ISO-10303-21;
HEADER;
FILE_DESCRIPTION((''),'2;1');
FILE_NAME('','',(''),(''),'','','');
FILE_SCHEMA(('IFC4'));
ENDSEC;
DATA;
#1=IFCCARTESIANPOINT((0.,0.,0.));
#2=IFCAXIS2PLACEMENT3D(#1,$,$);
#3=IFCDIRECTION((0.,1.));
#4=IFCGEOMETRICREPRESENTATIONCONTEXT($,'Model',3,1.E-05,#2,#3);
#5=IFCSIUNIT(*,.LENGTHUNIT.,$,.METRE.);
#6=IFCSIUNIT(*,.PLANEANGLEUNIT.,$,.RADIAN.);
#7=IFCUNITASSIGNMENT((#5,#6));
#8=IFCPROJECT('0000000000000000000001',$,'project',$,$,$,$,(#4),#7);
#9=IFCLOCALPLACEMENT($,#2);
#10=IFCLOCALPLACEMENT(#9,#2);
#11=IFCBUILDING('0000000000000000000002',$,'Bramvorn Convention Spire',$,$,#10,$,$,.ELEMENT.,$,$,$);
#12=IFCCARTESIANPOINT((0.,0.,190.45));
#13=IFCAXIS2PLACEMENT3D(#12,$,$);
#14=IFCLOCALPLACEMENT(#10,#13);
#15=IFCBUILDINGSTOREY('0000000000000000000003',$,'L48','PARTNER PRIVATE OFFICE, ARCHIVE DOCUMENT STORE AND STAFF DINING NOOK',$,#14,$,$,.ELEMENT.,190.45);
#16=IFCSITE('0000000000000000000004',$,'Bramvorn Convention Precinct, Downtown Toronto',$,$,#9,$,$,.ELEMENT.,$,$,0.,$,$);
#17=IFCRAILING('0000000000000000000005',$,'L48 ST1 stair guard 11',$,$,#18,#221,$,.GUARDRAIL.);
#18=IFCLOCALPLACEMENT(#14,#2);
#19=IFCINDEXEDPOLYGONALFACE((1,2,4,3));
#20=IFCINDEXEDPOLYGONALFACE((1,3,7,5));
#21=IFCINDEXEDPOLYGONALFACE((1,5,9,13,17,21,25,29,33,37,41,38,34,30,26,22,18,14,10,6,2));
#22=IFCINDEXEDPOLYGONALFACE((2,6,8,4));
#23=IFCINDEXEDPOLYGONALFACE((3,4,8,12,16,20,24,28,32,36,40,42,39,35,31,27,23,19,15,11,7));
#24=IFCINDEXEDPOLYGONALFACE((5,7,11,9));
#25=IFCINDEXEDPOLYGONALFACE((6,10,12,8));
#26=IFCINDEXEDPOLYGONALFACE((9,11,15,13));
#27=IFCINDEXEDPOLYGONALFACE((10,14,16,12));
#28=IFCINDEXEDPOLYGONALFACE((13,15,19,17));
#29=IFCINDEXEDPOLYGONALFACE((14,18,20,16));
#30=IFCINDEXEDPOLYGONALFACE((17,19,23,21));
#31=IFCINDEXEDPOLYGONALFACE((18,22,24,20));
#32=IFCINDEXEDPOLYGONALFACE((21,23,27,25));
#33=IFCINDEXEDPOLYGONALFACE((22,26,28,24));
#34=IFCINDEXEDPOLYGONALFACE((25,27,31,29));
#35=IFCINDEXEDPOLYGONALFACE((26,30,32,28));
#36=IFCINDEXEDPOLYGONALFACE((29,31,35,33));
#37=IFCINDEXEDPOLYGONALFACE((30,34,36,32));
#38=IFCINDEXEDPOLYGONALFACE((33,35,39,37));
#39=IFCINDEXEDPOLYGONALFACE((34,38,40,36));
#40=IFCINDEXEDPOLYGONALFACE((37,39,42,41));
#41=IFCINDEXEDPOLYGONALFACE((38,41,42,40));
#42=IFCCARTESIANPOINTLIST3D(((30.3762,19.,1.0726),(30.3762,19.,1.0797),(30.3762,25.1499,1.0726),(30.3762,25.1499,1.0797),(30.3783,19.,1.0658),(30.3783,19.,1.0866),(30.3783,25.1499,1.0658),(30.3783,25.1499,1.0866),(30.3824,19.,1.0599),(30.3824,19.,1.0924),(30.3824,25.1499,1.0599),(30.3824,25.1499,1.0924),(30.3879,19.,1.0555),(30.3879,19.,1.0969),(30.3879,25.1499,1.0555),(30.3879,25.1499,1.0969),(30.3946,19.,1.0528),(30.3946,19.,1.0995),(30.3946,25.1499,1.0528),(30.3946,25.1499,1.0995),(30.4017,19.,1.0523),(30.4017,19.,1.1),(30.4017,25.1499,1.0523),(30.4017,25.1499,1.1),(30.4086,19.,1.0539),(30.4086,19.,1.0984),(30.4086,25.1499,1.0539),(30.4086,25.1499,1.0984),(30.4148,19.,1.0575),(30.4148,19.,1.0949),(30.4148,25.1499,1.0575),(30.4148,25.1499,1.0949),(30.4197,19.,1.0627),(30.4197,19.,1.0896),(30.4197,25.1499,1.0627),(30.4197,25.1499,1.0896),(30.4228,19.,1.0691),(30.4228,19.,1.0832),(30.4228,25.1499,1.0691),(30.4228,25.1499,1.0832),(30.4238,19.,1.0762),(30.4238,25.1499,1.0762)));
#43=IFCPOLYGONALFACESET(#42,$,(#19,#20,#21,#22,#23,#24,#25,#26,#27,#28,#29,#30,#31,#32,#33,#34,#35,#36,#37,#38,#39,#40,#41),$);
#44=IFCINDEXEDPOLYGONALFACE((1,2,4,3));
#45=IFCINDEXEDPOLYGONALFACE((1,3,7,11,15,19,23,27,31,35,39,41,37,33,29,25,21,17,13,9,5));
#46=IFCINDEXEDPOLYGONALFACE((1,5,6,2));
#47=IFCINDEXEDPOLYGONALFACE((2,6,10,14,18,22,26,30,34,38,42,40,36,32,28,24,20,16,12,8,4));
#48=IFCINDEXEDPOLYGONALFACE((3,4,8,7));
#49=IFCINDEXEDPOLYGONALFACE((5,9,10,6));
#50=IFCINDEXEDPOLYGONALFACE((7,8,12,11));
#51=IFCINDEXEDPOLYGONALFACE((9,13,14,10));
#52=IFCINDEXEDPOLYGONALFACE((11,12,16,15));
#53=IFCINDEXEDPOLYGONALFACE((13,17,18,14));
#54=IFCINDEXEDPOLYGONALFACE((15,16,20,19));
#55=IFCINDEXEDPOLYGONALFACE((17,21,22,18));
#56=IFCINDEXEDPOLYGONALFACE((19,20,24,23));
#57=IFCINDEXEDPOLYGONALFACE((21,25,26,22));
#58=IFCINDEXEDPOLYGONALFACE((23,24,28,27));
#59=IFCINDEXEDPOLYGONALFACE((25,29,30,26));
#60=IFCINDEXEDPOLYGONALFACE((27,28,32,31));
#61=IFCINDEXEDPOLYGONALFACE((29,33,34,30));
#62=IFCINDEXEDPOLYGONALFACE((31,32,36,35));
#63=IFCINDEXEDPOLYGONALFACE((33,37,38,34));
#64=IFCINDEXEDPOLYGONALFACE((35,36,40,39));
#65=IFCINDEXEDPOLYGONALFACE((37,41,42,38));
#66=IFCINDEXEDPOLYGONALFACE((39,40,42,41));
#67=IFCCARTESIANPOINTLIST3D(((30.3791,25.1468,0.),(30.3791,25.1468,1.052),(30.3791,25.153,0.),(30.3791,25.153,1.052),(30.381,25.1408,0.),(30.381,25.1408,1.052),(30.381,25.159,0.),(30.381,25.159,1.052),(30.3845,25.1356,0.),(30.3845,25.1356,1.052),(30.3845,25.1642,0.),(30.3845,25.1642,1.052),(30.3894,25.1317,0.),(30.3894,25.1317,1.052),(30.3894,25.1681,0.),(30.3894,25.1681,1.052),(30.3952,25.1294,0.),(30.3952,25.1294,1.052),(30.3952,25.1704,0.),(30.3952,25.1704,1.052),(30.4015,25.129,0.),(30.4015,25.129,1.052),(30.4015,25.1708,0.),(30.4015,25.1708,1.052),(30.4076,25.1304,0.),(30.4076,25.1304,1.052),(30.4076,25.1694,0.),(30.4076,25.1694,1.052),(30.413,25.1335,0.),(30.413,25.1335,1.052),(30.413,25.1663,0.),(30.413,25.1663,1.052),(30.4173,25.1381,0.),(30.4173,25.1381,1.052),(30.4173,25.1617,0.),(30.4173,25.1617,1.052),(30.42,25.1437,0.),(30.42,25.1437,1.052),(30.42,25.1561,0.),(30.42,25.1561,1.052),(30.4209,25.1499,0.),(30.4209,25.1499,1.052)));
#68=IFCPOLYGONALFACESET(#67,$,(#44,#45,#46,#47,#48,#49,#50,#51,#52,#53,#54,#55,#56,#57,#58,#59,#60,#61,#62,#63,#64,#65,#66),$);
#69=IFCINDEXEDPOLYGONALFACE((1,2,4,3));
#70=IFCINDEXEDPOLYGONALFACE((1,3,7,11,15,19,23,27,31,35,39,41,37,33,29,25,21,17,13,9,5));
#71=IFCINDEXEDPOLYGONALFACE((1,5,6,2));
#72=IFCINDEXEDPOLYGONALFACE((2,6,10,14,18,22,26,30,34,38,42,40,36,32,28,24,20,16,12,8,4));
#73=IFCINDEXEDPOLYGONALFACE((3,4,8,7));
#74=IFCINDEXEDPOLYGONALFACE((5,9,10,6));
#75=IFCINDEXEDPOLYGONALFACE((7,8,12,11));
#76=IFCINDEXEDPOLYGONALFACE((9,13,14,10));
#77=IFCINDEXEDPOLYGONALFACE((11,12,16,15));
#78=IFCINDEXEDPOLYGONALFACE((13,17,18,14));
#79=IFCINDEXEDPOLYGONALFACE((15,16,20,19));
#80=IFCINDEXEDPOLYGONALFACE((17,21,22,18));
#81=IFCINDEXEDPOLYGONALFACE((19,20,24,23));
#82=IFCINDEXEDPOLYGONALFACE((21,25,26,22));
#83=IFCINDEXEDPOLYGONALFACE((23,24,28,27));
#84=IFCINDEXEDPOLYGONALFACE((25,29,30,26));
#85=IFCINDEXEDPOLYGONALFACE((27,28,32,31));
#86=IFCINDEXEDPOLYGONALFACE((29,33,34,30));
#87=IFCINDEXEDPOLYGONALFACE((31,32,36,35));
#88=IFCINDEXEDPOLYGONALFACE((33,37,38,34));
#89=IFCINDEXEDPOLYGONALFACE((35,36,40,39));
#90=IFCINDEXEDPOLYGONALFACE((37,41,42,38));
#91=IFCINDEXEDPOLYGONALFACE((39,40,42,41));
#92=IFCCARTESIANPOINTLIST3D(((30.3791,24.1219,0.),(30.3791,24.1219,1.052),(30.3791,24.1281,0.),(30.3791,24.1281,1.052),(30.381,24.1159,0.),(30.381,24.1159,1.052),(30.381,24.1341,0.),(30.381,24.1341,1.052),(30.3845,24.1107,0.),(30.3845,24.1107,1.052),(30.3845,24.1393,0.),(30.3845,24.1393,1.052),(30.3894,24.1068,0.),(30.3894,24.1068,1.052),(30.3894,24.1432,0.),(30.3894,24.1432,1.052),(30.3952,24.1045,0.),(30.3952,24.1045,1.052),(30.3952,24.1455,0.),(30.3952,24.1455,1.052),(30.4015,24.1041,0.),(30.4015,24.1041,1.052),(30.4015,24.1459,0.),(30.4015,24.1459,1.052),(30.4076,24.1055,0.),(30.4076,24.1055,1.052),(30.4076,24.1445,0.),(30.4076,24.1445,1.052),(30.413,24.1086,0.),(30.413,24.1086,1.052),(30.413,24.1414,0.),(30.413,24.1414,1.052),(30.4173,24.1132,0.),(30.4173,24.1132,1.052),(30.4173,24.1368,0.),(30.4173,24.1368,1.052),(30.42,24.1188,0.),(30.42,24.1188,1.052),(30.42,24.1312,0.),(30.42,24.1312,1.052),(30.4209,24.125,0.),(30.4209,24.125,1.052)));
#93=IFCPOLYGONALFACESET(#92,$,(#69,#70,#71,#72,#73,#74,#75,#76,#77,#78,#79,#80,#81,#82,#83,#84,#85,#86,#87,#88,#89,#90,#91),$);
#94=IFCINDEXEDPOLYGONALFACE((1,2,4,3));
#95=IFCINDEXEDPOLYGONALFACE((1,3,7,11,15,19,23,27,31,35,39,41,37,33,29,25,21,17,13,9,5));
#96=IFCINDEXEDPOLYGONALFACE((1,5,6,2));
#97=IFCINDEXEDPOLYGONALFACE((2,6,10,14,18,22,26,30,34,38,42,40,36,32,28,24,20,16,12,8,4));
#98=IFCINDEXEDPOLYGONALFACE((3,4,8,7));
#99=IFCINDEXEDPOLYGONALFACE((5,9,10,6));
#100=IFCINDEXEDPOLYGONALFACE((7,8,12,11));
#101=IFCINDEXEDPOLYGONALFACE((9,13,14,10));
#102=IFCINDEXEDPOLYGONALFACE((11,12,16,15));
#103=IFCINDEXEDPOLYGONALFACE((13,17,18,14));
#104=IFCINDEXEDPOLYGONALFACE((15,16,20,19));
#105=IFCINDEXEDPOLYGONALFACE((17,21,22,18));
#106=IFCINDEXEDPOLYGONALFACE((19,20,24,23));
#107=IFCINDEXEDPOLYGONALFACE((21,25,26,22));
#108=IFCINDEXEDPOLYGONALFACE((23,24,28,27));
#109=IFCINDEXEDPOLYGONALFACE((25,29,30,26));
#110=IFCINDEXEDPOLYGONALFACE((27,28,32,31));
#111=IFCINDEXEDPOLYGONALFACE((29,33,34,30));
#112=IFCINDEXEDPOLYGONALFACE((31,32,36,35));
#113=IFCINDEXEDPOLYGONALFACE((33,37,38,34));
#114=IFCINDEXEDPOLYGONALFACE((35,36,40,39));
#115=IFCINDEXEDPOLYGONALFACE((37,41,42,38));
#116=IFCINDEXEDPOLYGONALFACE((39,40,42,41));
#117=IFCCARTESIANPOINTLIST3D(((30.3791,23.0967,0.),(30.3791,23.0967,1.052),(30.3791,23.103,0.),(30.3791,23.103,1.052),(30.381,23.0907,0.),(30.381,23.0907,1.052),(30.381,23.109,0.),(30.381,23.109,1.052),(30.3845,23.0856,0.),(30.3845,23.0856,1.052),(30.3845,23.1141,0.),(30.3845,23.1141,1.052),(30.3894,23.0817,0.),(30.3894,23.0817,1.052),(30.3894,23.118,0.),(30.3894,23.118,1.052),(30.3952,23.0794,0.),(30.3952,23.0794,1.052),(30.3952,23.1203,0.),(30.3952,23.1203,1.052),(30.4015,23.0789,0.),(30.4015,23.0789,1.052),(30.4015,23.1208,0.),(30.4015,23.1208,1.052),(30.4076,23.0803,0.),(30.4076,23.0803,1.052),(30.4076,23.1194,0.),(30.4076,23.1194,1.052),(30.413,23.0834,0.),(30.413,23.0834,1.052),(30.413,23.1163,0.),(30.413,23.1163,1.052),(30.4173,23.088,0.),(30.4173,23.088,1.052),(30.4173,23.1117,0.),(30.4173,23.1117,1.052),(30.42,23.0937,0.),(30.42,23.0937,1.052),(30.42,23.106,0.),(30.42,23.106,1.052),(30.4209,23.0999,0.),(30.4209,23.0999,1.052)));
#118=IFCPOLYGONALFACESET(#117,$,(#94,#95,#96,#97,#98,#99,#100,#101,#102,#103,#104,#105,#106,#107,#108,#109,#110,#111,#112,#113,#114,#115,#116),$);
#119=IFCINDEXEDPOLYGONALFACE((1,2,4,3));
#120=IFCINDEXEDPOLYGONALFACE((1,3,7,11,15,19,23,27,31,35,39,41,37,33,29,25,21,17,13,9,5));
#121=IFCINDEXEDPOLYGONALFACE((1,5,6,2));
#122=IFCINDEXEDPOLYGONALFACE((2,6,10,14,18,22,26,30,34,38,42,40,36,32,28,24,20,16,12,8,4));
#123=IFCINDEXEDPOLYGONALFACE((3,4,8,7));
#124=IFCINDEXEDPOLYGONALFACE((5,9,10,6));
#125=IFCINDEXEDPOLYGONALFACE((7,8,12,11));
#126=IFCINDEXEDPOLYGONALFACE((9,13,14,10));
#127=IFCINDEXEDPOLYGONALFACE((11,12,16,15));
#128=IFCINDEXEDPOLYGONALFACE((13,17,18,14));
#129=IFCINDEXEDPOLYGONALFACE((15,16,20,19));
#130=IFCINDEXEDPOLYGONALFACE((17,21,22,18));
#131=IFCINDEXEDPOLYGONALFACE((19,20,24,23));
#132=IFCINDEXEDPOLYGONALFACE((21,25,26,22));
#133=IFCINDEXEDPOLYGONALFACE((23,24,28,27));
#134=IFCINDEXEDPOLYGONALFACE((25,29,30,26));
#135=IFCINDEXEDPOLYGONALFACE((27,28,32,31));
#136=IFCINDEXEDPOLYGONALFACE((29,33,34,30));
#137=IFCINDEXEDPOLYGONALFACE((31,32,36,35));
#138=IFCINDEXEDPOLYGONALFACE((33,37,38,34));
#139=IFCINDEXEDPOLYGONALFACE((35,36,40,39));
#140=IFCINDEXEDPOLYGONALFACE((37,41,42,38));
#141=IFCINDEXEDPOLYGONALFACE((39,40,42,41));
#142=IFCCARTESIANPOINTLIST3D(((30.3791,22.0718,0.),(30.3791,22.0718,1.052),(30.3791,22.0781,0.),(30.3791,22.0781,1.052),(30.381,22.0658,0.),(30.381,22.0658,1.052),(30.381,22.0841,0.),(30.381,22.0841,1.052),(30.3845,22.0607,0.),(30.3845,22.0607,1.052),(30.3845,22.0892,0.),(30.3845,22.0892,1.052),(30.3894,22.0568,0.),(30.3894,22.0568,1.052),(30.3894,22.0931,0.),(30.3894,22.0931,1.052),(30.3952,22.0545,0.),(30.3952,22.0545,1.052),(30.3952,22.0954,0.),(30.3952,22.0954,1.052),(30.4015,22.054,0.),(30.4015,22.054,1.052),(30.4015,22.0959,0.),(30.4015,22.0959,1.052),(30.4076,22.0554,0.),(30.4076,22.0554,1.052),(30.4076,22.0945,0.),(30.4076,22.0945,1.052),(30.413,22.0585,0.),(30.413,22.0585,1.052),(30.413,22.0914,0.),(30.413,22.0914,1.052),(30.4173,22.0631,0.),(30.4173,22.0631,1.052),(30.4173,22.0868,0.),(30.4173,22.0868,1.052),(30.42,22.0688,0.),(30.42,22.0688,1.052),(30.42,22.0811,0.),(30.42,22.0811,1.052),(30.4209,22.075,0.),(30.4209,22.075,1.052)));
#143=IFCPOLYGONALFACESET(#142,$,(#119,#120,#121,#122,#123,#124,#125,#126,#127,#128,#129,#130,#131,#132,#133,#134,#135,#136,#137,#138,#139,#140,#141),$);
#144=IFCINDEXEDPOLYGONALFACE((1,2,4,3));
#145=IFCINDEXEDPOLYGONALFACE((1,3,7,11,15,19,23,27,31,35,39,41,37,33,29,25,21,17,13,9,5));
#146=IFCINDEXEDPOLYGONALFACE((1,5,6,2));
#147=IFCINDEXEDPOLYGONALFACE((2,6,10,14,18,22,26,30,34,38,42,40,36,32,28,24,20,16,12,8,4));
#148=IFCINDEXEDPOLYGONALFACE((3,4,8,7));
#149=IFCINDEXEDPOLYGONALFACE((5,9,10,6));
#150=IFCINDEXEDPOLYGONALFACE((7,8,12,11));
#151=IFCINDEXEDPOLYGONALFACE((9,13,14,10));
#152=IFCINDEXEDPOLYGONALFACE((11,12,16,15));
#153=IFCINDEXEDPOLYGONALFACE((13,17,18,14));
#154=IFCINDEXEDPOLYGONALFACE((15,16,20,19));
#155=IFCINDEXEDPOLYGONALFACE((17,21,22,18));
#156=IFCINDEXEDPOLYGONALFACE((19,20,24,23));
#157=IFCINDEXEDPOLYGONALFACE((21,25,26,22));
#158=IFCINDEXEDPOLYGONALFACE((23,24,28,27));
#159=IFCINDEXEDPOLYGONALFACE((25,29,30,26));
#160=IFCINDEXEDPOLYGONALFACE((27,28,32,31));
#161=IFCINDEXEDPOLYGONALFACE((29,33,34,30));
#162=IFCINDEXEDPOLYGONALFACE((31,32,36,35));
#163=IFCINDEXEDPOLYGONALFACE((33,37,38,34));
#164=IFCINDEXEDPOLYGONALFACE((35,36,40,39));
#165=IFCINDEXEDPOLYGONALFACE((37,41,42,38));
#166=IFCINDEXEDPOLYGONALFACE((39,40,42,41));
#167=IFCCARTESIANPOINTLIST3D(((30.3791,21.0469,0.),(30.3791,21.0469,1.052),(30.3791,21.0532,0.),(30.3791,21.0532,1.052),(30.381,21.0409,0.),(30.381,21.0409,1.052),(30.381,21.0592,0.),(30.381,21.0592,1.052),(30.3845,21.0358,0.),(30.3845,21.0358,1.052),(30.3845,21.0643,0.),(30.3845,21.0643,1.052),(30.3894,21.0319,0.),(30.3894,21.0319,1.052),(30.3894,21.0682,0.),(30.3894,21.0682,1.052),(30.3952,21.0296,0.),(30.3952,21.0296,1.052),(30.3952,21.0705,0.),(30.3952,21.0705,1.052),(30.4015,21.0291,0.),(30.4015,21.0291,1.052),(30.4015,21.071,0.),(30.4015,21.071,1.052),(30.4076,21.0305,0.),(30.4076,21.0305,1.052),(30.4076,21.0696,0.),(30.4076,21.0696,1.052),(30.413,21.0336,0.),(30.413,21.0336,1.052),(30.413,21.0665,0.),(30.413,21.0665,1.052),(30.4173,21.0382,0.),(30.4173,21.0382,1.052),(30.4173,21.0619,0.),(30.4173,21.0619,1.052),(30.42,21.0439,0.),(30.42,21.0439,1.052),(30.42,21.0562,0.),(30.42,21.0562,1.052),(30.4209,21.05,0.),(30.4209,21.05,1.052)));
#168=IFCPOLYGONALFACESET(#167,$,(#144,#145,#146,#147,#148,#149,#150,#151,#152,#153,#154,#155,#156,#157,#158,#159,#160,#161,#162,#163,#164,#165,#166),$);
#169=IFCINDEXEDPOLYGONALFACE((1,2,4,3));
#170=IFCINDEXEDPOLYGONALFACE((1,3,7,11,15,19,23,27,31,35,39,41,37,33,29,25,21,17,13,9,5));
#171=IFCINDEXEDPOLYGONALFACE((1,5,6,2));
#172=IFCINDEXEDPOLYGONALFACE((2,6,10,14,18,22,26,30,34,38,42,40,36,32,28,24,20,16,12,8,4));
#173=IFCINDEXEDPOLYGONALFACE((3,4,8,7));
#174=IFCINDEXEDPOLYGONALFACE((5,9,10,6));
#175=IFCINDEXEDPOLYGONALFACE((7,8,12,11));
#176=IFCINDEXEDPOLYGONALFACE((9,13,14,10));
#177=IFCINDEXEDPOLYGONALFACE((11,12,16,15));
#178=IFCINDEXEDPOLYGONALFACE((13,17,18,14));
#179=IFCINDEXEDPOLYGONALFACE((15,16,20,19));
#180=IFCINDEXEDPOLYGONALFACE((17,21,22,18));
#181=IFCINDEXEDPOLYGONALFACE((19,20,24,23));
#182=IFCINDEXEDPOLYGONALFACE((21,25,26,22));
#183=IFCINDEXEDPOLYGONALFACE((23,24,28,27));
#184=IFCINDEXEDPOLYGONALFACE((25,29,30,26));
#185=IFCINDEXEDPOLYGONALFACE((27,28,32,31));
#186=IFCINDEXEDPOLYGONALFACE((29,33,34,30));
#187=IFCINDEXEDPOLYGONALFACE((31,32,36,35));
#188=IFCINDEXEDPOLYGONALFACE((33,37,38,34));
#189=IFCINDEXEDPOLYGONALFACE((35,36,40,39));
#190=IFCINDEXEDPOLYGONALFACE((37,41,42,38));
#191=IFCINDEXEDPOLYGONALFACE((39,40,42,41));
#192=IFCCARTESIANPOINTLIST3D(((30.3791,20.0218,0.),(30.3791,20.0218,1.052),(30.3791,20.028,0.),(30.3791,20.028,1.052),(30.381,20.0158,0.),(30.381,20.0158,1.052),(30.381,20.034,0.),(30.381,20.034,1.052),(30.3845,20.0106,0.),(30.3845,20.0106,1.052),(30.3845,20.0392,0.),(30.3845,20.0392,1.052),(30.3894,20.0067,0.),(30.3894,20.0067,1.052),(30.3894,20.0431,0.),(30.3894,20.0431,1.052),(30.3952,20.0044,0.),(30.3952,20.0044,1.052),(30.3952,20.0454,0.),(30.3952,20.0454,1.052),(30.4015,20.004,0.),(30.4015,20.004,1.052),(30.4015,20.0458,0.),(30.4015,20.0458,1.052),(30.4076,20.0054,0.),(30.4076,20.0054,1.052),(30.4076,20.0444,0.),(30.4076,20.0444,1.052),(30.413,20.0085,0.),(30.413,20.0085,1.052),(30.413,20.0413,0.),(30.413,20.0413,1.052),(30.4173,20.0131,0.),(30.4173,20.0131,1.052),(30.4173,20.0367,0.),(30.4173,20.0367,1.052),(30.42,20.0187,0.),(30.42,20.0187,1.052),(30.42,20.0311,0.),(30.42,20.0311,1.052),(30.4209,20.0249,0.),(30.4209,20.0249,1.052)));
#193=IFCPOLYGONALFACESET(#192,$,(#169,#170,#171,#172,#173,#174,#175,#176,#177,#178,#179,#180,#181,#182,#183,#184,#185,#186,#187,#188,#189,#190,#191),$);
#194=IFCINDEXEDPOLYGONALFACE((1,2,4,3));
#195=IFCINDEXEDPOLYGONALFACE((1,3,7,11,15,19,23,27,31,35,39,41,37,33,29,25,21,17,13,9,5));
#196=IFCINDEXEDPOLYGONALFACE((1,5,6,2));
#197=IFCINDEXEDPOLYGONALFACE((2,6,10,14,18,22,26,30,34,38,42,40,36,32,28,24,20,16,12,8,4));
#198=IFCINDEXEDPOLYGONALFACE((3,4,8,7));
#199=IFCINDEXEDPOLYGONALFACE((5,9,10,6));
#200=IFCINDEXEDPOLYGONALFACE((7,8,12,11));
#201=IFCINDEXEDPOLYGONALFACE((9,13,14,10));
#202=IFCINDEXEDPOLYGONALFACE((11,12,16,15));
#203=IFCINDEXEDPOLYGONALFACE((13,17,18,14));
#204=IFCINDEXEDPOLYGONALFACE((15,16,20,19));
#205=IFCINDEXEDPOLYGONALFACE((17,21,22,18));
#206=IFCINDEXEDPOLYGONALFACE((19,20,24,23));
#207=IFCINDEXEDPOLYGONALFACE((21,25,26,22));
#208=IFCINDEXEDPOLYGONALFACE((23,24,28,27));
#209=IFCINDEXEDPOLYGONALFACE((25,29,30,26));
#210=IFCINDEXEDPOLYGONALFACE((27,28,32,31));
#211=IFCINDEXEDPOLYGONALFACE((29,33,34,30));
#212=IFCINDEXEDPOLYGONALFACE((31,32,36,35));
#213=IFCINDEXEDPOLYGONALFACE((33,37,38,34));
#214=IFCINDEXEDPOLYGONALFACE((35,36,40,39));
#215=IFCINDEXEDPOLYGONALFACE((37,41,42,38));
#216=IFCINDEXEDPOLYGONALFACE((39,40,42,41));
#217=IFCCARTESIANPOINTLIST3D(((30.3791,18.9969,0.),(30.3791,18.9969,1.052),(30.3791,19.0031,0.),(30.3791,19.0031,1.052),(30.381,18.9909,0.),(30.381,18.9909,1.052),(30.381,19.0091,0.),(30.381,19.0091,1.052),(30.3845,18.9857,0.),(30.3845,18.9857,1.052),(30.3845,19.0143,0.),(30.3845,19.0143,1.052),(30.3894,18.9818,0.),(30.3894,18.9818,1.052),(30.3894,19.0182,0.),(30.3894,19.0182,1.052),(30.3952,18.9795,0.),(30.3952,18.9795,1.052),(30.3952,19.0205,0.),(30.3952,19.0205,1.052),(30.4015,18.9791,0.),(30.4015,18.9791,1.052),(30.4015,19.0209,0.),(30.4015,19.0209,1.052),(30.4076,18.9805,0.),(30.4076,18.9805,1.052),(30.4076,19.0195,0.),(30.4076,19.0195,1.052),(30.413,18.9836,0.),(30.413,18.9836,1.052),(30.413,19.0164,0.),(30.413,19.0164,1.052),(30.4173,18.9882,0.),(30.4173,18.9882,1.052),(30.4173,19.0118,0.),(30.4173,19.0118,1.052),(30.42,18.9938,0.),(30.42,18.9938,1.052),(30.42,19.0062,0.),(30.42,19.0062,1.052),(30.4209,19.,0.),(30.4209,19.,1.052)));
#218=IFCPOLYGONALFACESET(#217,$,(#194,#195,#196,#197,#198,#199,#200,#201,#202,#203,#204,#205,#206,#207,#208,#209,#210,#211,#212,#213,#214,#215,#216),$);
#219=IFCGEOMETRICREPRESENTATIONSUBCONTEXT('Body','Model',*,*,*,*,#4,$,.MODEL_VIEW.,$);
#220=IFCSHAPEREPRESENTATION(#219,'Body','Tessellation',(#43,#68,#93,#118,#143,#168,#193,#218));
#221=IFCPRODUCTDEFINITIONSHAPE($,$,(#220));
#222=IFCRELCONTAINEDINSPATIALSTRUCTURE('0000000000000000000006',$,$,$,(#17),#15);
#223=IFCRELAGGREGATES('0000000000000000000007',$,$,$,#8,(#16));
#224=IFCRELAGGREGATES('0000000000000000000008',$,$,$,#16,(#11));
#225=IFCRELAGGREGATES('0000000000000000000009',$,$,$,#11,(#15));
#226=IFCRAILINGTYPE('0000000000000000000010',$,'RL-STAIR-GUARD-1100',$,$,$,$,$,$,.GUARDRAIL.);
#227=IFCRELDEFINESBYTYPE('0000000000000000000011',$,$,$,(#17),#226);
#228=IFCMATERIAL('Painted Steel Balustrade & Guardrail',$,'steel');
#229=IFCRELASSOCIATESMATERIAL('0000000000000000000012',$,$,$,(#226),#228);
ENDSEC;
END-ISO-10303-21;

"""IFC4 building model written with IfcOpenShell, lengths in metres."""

from ifc_helpers import new_model, si_unit, direction, frame, origin, origin_2d, place, context, subcontext, project, spatial, circle, extrude, material, type_object, element, save


model = new_model("IFC4")

# Units and contexts
model_context = context("Model", 3, precision=1e-05, world=origin(), true_north=direction((0.0, 1.0)))
body_context = subcontext(model_context, "Body", "Model", "MODEL_VIEW")
ifc_project = project(units=[si_unit("LENGTHUNIT", "METRE"), si_unit("PLANEANGLEUNIT", "RADIAN")], contexts=[model_context])

# Site, building, storey
site_placement = place(None, origin())
site = spatial("IfcSite", under=ifc_project, at=site_placement, Name="Bramvorn Convention Precinct, Downtown Toronto", CompositionType="ELEMENT", RefElevation=0.0)
building_placement = place(site_placement, origin())
building = spatial("IfcBuilding", under=site, at=building_placement, Name="Bramvorn Convention Spire", CompositionType="ELEMENT")
storey_placement = place(building_placement, frame((0.0, 0.0, 190.45)))
storey = spatial("IfcBuildingStorey", under=building, at=storey_placement, Name="L48", Description="PARTNER PRIVATE OFFICE, ARCHIVE DOCUMENT STORE AND STAFF DINING NOOK", CompositionType="ELEMENT", Elevation=190.45)

# Railing
ifc_material_1 = material(Name="Painted Steel Balustrade & Guardrail", Category="steel")
railing_type_1 = type_object("IfcRailingType", Name="RL-STAIR-GUARD-1100", PredefinedType="GUARDRAIL", material=ifc_material_1)
railing_1_placement = place(storey_placement, frame((30.3999, 25.1499, 0.0)))
element("IfcRailing", 1, at=railing_1_placement, inside=storey, type_object=railing_type_1, Name="L48 ST1 stair guard 11", PredefinedType="GUARDRAIL", context=body_context, shape_type="SweptSolid", body=[
    extrude(circle(Radius=0.0239, at=origin_2d()), frame((0.0, 0.0, 1.0762), z_axis=(0.0, -1.0, 0.0), x_axis=(1.0, 0.0, 0.0)), (0.0, 0.0, 1.0), 6.1499),
    extrude(circle(Radius=0.021, at=origin_2d()), origin(), (0.0, 0.0, 1.0), 1.052),
    extrude(circle(Radius=0.021, at=origin_2d()), frame((0.0, -1.0249, 0.0)), (0.0, 0.0, 1.0), 1.052),
    extrude(circle(Radius=0.021, at=origin_2d()), frame((0.0, -2.05, 0.0)), (0.0, 0.0, 1.0), 1.052),
    extrude(circle(Radius=0.021, at=origin_2d()), frame((0.0, -3.075, 0.0)), (0.0, 0.0, 1.0), 1.052),
    extrude(circle(Radius=0.021, at=origin_2d()), frame((0.0, -4.0999, 0.0)), (0.0, 0.0, 1.0), 1.052),
    extrude(circle(Radius=0.021, at=origin_2d()), frame((0.0, -5.125, 0.0)), (0.0, 0.0, 1.0), 1.052),
    extrude(circle(Radius=0.021, at=origin_2d()), frame((0.0, -6.1499, 0.0)), (0.0, 0.0, 1.0), 1.052),
])

save(model, "model.ifc")
